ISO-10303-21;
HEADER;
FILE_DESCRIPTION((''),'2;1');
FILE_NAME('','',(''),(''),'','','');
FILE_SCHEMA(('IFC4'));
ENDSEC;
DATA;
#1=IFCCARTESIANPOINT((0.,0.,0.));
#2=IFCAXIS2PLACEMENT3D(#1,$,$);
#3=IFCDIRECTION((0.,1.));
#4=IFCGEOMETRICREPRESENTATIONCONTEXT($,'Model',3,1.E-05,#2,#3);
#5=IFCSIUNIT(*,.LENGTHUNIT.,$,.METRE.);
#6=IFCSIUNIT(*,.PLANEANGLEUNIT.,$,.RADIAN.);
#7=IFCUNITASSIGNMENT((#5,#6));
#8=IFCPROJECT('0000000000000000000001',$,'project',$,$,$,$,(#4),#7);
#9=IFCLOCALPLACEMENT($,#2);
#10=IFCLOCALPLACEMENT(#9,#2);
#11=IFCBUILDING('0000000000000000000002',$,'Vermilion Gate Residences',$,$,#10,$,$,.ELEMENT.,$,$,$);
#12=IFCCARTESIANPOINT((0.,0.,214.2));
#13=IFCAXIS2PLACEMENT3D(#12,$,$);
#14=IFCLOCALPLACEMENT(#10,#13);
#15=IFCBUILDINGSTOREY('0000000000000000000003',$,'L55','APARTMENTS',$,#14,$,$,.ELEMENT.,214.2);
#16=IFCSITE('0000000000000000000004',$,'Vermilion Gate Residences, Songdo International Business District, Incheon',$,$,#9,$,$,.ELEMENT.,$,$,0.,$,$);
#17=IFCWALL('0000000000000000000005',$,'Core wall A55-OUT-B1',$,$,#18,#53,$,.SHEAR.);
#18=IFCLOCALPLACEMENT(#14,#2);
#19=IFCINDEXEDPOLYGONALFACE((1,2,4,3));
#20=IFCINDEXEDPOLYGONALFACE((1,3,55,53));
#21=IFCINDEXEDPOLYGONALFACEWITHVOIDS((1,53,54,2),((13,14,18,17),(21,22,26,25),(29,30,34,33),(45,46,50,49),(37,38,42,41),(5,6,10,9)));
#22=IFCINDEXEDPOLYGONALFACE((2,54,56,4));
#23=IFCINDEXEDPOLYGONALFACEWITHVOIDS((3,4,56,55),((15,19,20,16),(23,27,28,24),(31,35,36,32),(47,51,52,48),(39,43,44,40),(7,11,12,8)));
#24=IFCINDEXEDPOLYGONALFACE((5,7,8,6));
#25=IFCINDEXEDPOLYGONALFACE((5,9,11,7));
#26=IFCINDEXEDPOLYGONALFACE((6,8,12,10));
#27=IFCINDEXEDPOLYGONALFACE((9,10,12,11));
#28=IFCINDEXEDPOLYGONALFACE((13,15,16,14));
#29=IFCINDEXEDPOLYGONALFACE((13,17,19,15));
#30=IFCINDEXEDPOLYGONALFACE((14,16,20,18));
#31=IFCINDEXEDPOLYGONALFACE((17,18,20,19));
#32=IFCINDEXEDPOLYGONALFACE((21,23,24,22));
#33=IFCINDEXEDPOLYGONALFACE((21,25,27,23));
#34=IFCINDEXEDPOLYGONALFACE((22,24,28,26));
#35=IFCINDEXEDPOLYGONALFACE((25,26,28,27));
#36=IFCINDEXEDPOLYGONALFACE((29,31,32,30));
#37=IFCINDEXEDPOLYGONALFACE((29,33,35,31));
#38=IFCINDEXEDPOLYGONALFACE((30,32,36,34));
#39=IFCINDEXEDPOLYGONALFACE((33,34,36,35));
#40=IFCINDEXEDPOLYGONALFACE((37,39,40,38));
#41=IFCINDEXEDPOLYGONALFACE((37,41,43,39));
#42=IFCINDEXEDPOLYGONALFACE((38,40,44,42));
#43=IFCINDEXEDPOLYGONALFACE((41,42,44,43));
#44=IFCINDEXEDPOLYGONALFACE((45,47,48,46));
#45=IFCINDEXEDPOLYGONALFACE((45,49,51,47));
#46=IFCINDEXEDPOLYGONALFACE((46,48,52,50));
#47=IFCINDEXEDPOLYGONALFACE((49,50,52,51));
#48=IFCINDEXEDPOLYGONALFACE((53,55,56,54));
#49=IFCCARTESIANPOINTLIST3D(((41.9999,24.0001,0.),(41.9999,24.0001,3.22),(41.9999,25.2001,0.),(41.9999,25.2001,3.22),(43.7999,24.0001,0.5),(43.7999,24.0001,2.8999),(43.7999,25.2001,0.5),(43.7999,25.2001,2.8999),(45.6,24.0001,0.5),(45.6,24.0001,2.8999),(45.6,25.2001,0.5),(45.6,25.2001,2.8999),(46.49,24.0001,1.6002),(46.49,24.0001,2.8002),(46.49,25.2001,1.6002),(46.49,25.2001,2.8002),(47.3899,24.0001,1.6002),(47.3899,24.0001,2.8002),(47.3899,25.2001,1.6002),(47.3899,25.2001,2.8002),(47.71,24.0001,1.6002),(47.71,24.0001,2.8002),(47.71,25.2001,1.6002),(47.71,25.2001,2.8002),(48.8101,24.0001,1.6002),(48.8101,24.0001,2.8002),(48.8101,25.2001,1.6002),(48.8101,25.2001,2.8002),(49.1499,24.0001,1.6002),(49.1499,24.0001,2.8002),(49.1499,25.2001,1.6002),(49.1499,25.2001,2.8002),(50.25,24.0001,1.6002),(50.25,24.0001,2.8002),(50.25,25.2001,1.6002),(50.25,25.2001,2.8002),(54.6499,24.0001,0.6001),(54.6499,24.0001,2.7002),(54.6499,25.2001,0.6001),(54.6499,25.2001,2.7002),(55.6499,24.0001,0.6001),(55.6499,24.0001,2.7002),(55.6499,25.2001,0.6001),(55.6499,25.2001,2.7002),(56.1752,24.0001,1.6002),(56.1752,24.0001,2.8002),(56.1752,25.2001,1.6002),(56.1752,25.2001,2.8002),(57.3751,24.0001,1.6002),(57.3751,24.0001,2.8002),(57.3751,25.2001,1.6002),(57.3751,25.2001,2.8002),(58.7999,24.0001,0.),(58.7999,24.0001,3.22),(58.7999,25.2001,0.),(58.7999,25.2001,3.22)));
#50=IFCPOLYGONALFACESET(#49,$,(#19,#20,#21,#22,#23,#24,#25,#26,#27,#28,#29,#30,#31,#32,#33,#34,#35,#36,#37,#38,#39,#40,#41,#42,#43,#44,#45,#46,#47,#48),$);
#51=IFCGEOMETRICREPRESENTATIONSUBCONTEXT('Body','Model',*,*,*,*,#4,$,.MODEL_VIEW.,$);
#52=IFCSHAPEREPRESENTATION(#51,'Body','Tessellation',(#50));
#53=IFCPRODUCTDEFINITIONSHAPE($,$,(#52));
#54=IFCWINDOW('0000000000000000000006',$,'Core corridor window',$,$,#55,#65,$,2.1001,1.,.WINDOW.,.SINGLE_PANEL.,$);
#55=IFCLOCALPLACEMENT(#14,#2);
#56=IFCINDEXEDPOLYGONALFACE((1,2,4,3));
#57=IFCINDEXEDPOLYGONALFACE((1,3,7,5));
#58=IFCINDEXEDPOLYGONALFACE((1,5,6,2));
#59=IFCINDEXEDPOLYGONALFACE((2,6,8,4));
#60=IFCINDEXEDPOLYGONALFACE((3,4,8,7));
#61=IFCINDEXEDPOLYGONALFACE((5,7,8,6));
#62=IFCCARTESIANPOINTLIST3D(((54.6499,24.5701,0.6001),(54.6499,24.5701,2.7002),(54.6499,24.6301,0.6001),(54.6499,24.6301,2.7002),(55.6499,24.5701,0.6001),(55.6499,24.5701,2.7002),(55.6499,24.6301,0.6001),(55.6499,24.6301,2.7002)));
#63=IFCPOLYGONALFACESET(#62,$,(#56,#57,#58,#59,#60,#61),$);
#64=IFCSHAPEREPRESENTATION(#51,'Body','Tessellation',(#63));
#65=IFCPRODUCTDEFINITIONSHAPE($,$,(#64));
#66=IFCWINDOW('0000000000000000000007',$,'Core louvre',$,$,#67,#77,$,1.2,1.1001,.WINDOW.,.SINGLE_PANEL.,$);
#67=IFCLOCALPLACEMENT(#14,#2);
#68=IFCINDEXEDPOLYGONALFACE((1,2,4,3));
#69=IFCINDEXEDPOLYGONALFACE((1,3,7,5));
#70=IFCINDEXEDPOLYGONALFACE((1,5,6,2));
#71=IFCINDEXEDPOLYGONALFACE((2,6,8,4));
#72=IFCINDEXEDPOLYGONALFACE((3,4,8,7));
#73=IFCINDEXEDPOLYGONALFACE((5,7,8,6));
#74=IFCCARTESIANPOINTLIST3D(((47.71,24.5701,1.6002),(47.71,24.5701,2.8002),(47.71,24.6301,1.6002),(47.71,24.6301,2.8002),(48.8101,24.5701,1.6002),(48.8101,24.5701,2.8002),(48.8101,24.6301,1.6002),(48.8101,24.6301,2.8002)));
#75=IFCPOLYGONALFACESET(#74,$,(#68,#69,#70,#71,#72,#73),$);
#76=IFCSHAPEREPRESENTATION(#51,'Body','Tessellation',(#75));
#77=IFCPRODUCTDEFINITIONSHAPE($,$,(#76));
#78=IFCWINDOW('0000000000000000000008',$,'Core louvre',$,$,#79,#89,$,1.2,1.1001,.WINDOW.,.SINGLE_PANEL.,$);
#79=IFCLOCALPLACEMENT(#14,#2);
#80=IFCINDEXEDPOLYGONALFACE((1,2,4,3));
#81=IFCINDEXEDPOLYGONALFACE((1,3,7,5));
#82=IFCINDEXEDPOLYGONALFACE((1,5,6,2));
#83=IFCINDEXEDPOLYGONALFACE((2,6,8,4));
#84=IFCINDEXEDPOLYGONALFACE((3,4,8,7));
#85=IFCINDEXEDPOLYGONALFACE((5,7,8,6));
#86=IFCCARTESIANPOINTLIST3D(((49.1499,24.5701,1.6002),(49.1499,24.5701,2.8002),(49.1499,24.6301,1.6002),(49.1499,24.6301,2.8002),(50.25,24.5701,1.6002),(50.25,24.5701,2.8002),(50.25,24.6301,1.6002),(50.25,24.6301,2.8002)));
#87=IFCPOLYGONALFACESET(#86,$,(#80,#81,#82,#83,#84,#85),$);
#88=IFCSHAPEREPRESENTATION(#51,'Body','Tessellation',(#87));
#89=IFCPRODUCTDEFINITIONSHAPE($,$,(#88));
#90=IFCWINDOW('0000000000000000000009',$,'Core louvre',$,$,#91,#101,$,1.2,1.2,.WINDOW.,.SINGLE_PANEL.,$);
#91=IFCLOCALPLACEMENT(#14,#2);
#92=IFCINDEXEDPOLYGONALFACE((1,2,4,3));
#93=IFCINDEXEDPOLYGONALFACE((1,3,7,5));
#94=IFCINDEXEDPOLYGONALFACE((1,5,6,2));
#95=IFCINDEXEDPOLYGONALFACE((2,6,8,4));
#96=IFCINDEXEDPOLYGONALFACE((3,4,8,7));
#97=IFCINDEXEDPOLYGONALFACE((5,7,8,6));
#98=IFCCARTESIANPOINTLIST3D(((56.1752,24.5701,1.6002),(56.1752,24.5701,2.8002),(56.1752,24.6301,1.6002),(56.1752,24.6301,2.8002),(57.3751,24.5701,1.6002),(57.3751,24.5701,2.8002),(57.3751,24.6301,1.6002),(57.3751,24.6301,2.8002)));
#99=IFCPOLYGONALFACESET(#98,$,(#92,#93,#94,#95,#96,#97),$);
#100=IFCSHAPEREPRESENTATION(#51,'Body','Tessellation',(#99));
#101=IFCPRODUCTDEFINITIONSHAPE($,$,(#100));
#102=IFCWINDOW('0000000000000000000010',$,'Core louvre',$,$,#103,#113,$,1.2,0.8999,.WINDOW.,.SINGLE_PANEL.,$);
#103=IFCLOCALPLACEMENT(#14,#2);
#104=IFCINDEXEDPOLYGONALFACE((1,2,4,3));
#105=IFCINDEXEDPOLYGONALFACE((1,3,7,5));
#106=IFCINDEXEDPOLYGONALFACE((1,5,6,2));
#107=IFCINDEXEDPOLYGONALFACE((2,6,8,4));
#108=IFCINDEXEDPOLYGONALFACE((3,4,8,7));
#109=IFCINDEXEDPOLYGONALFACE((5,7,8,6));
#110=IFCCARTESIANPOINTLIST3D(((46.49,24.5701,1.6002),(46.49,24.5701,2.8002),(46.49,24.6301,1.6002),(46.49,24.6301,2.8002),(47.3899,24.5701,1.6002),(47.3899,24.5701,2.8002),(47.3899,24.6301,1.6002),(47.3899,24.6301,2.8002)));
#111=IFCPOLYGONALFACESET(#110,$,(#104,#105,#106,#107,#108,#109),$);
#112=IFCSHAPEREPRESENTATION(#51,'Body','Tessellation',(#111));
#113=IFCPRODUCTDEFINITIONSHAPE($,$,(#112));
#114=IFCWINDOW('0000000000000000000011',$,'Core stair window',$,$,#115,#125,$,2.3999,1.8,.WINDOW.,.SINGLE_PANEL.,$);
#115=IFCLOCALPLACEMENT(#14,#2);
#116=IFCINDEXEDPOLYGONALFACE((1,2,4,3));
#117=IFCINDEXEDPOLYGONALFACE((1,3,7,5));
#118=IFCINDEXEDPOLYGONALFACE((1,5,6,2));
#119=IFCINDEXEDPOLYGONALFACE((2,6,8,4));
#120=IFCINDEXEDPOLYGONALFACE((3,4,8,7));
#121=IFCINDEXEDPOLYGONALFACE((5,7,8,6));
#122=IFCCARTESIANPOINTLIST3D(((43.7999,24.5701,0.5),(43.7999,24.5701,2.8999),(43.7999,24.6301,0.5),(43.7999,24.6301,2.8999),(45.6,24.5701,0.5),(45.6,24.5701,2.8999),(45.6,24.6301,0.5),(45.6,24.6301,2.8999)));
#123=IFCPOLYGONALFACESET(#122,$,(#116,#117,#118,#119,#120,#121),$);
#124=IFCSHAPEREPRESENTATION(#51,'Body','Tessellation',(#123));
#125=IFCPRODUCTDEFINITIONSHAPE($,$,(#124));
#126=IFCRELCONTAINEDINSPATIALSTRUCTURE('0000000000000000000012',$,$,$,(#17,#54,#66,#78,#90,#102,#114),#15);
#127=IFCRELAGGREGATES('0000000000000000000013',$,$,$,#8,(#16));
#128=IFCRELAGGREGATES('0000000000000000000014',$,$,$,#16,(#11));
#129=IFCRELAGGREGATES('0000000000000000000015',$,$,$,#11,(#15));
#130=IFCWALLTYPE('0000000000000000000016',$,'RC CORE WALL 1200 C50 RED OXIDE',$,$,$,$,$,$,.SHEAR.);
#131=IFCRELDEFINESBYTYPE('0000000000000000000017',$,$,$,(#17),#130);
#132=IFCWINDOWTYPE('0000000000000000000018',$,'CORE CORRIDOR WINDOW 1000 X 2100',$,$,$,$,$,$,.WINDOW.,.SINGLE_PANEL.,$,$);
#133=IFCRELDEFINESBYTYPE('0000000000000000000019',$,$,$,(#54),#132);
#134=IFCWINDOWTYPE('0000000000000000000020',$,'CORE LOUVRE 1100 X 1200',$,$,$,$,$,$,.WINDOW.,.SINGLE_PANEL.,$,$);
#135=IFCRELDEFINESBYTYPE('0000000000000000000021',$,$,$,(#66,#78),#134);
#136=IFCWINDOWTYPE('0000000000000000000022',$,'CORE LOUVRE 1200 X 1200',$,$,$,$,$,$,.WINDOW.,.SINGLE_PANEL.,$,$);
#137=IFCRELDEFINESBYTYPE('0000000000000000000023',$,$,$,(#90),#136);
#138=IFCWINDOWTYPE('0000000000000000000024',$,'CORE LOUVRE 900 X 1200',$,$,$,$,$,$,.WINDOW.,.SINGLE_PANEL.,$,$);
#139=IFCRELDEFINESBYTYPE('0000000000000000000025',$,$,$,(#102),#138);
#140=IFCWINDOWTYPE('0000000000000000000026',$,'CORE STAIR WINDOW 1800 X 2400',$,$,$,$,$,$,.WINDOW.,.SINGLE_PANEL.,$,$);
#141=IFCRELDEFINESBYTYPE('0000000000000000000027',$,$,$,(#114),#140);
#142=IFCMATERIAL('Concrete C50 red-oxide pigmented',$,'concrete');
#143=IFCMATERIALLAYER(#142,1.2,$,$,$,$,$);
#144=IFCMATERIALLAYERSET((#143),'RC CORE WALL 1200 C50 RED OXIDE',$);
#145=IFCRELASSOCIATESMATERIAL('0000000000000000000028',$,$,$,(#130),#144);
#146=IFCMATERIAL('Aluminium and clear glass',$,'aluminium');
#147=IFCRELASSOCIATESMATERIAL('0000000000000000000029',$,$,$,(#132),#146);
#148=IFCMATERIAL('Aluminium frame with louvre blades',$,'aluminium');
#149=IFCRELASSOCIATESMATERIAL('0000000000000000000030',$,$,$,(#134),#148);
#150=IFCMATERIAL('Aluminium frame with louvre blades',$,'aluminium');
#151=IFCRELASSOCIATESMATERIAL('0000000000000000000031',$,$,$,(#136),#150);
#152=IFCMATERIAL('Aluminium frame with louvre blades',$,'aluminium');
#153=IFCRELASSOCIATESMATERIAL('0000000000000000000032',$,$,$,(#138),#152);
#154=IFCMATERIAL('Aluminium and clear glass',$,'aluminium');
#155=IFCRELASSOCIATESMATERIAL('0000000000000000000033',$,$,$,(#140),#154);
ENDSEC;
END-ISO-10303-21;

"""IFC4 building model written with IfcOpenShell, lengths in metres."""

from ifc_helpers import new_model, si_unit, direction, frame, frame_2d, origin, place, context, subcontext, project, spatial, rectangle, extrude, material, layer, layer_set, type_object, element, fill, save


model = new_model("IFC4")

# Units and contexts
model_context = context("Model", 3, precision=1e-05, world=origin(), true_north=direction((0.0, 1.0)))
body_context = subcontext(model_context, "Body", "Model", "MODEL_VIEW")
ifc_project = project(units=[si_unit("LENGTHUNIT", "METRE"), si_unit("PLANEANGLEUNIT", "RADIAN")], contexts=[model_context])

# Site, building, storey
site_placement = place(None, origin())
site = spatial("IfcSite", under=ifc_project, at=site_placement, Name="Vermilion Gate Residences, Songdo International Business District, Incheon", CompositionType="ELEMENT", RefElevation=0.0)
building_placement = place(site_placement, origin())
building = spatial("IfcBuilding", under=site, at=building_placement, Name="Vermilion Gate Residences", CompositionType="ELEMENT")
storey_placement = place(building_placement, frame((0.0, 0.0, 214.2)))
storey = spatial("IfcBuildingStorey", under=building, at=storey_placement, Name="L55", Description="APARTMENTS", CompositionType="ELEMENT", Elevation=214.2)

# Wall, openings, windows
ifc_material_1 = material(Name="Concrete C50 red-oxide pigmented", Category="concrete")
ifc_layer_1 = layer(ifc_material_1, 1.2)
ifc_layer_set_1 = layer_set([ifc_layer_1], Name="RC CORE WALL 1200 C50 RED OXIDE")
wall_type_1 = type_object("IfcWallType", Name="RC CORE WALL 1200 C50 RED OXIDE", PredefinedType="SHEAR", material=ifc_layer_set_1)
wall_1_placement = place(storey_placement, frame((42.0, 24.6001, 0.0), z_axis=(0.0, 0.0, 1.0), x_axis=(1.0, 0.0, 0.0)))
wall_1 = element("IfcWall", 1, at=wall_1_placement, inside=storey, type_object=wall_type_1, Name="Core wall A55-OUT-B1", PredefinedType="SHEAR", context=body_context, shape_type="SweptSolid", body=[
    extrude(rectangle(XDim=16.8, YDim=1.2, at=frame_2d((8.3999, 0.0))), origin(), (0.0, 0.0, 1.0), 3.22),
])
opening_1_placement = place(wall_1_placement, frame((1.8, 0.0, 0.5)))
opening_1 = element("IfcOpeningElement", 2, at=opening_1_placement, cuts=wall_1, PredefinedType="OPENING", context=body_context, shape_type="SweptSolid", body=[
    extrude(rectangle(XDim=1.8, YDim=2.3999, at=frame_2d((0.8999, 1.2))), frame((0.0, 0.6099, 0.0), z_axis=(0.0, -1.0, 0.0), x_axis=(1.0, 0.0, 0.0)), (0.0, 0.0, 1.0), 1.22),
])
opening_2_placement = place(wall_1_placement, frame((4.49, 0.0, 1.6001)))
opening_2 = element("IfcOpeningElement", 3, at=opening_2_placement, cuts=wall_1, PredefinedType="OPENING", context=body_context, shape_type="SweptSolid", body=[
    extrude(rectangle(XDim=0.8999, YDim=1.2, at=frame_2d((0.45, 0.6001))), frame((0.0, 0.6099, 0.0), z_axis=(0.0, -1.0, 0.0), x_axis=(1.0, 0.0, 0.0)), (0.0, 0.0, 1.0), 1.22),
])
opening_3_placement = place(wall_1_placement, frame((5.71, 0.0, 1.6001)))
opening_3 = element("IfcOpeningElement", 4, at=opening_3_placement, cuts=wall_1, PredefinedType="OPENING", context=body_context, shape_type="SweptSolid", body=[
    extrude(rectangle(XDim=1.1001, YDim=1.2, at=frame_2d((0.55, 0.6001))), frame((0.0, 0.6099, 0.0), z_axis=(0.0, -1.0, 0.0), x_axis=(1.0, 0.0, 0.0)), (0.0, 0.0, 1.0), 1.22),
])
opening_4_placement = place(wall_1_placement, frame((7.1499, 0.0, 1.6001)))
opening_4 = element("IfcOpeningElement", 5, at=opening_4_placement, cuts=wall_1, PredefinedType="OPENING", context=body_context, shape_type="SweptSolid", body=[
    extrude(rectangle(XDim=1.1001, YDim=1.2, at=frame_2d((0.55, 0.6001))), frame((0.0, 0.6099, 0.0), z_axis=(0.0, -1.0, 0.0), x_axis=(1.0, 0.0, 0.0)), (0.0, 0.0, 1.0), 1.22),
])
opening_5_placement = place(wall_1_placement, frame((12.6499, 0.0, 0.6001)))
opening_5 = element("IfcOpeningElement", 6, at=opening_5_placement, cuts=wall_1, PredefinedType="OPENING", context=body_context, shape_type="SweptSolid", body=[
    extrude(rectangle(XDim=1.0, YDim=2.1001, at=frame_2d((0.5, 1.05))), frame((0.0, 0.6099, 0.0), z_axis=(0.0, -1.0, 0.0), x_axis=(1.0, 0.0, 0.0)), (0.0, 0.0, 1.0), 1.22),
])
opening_6_placement = place(wall_1_placement, frame((14.175, 0.0, 1.6001)))
opening_6 = element("IfcOpeningElement", 7, at=opening_6_placement, cuts=wall_1, PredefinedType="OPENING", context=body_context, shape_type="SweptSolid", body=[
    extrude(rectangle(XDim=1.2, YDim=1.2, at=frame_2d((0.6001, 0.6001))), frame((0.0, 0.6099, 0.0), z_axis=(0.0, -1.0, 0.0), x_axis=(1.0, 0.0, 0.0)), (0.0, 0.0, 1.0), 1.22),
])
ifc_material_2 = material(Name="Aluminium and clear glass", Category="aluminium")
window_type_1 = type_object("IfcWindowType", Name="CORE CORRIDOR WINDOW 1000 X 2100", PartitioningType="SINGLE_PANEL", PredefinedType="WINDOW", material=ifc_material_2)
window_1_placement = place(opening_5_placement, origin())
window_1 = element("IfcWindow", 8, at=window_1_placement, inside=storey, type_object=window_type_1, Name="Core corridor window", OverallHeight=2.1001, OverallWidth=1.0, PartitioningType="SINGLE_PANEL", PredefinedType="WINDOW", context=body_context, shape_type="SweptSolid", body=[
    extrude(rectangle(XDim=1.0, YDim=2.1001, at=frame_2d((0.5, 1.05))), frame((0.0, 0.03, 0.0), z_axis=(0.0, -1.0, 0.0), x_axis=(1.0, 0.0, 0.0)), (0.0, 0.0, 1.0), 0.0601),
])
fill(opening_5, window_1)
ifc_material_3 = material(Name="Aluminium frame with louvre blades", Category="aluminium")
window_type_2 = type_object("IfcWindowType", Name="CORE LOUVRE 1100 X 1200", PartitioningType="SINGLE_PANEL", PredefinedType="WINDOW", material=ifc_material_3)
window_2_placement = place(opening_3_placement, origin())
window_2 = element("IfcWindow", 9, at=window_2_placement, inside=storey, type_object=window_type_2, Name="Core louvre", OverallHeight=1.2, OverallWidth=1.1001, PartitioningType="SINGLE_PANEL", PredefinedType="WINDOW", context=body_context, shape_type="SweptSolid", body=[
    extrude(rectangle(XDim=1.1001, YDim=1.2, at=frame_2d((0.55, 0.6001))), frame((0.0, 0.03, 0.0), z_axis=(0.0, -1.0, 0.0), x_axis=(1.0, 0.0, 0.0)), (0.0, 0.0, 1.0), 0.0601),
])
fill(opening_3, window_2)
window_3_placement = place(opening_4_placement, origin())
window_3 = element("IfcWindow", 10, at=window_3_placement, inside=storey, type_object=window_type_2, Name="Core louvre", OverallHeight=1.2, OverallWidth=1.1001, PartitioningType="SINGLE_PANEL", PredefinedType="WINDOW", context=body_context, shape_type="SweptSolid", body=[
    extrude(rectangle(XDim=1.1001, YDim=1.2, at=frame_2d((0.55, 0.6001))), frame((0.0, 0.03, 0.0), z_axis=(0.0, -1.0, 0.0), x_axis=(1.0, 0.0, 0.0)), (0.0, 0.0, 1.0), 0.0601),
])
fill(opening_4, window_3)
ifc_material_4 = material(Name="Aluminium frame with louvre blades", Category="aluminium")
window_type_3 = type_object("IfcWindowType", Name="CORE LOUVRE 1200 X 1200", PartitioningType="SINGLE_PANEL", PredefinedType="WINDOW", material=ifc_material_4)
window_4_placement = place(opening_6_placement, origin())
window_4 = element("IfcWindow", 11, at=window_4_placement, inside=storey, type_object=window_type_3, Name="Core louvre", OverallHeight=1.2, OverallWidth=1.2, PartitioningType="SINGLE_PANEL", PredefinedType="WINDOW", context=body_context, shape_type="SweptSolid", body=[
    extrude(rectangle(XDim=1.2, YDim=1.2, at=frame_2d((0.6001, 0.6001))), frame((0.0, 0.03, 0.0), z_axis=(0.0, -1.0, 0.0), x_axis=(1.0, 0.0, 0.0)), (0.0, 0.0, 1.0), 0.0601),
])
fill(opening_6, window_4)
ifc_material_5 = material(Name="Aluminium frame with louvre blades", Category="aluminium")
window_type_4 = type_object("IfcWindowType", Name="CORE LOUVRE 900 X 1200", PartitioningType="SINGLE_PANEL", PredefinedType="WINDOW", material=ifc_material_5)
window_5_placement = place(opening_2_placement, origin())
window_5 = element("IfcWindow", 12, at=window_5_placement, inside=storey, type_object=window_type_4, Name="Core louvre", OverallHeight=1.2, OverallWidth=0.8999, PartitioningType="SINGLE_PANEL", PredefinedType="WINDOW", context=body_context, shape_type="SweptSolid", body=[
    extrude(rectangle(XDim=0.8999, YDim=1.2, at=frame_2d((0.45, 0.6001))), frame((0.0, 0.03, 0.0), z_axis=(0.0, -1.0, 0.0), x_axis=(1.0, 0.0, 0.0)), (0.0, 0.0, 1.0), 0.0601),
])
fill(opening_2, window_5)
ifc_material_6 = material(Name="Aluminium and clear glass", Category="aluminium")
window_type_5 = type_object("IfcWindowType", Name="CORE STAIR WINDOW 1800 X 2400", PartitioningType="SINGLE_PANEL", PredefinedType="WINDOW", material=ifc_material_6)
window_6_placement = place(opening_1_placement, origin())
window_6 = element("IfcWindow", 13, at=window_6_placement, inside=storey, type_object=window_type_5, Name="Core stair window", OverallHeight=2.3999, OverallWidth=1.8, PartitioningType="SINGLE_PANEL", PredefinedType="WINDOW", context=body_context, shape_type="SweptSolid", body=[
    extrude(rectangle(XDim=1.8, YDim=2.3999, at=frame_2d((0.8999, 1.2))), frame((0.0, 0.03, 0.0), z_axis=(0.0, -1.0, 0.0), x_axis=(1.0, 0.0, 0.0)), (0.0, 0.0, 1.0), 0.0601),
])
fill(opening_1, window_6)

save(model, "model.ifc")
